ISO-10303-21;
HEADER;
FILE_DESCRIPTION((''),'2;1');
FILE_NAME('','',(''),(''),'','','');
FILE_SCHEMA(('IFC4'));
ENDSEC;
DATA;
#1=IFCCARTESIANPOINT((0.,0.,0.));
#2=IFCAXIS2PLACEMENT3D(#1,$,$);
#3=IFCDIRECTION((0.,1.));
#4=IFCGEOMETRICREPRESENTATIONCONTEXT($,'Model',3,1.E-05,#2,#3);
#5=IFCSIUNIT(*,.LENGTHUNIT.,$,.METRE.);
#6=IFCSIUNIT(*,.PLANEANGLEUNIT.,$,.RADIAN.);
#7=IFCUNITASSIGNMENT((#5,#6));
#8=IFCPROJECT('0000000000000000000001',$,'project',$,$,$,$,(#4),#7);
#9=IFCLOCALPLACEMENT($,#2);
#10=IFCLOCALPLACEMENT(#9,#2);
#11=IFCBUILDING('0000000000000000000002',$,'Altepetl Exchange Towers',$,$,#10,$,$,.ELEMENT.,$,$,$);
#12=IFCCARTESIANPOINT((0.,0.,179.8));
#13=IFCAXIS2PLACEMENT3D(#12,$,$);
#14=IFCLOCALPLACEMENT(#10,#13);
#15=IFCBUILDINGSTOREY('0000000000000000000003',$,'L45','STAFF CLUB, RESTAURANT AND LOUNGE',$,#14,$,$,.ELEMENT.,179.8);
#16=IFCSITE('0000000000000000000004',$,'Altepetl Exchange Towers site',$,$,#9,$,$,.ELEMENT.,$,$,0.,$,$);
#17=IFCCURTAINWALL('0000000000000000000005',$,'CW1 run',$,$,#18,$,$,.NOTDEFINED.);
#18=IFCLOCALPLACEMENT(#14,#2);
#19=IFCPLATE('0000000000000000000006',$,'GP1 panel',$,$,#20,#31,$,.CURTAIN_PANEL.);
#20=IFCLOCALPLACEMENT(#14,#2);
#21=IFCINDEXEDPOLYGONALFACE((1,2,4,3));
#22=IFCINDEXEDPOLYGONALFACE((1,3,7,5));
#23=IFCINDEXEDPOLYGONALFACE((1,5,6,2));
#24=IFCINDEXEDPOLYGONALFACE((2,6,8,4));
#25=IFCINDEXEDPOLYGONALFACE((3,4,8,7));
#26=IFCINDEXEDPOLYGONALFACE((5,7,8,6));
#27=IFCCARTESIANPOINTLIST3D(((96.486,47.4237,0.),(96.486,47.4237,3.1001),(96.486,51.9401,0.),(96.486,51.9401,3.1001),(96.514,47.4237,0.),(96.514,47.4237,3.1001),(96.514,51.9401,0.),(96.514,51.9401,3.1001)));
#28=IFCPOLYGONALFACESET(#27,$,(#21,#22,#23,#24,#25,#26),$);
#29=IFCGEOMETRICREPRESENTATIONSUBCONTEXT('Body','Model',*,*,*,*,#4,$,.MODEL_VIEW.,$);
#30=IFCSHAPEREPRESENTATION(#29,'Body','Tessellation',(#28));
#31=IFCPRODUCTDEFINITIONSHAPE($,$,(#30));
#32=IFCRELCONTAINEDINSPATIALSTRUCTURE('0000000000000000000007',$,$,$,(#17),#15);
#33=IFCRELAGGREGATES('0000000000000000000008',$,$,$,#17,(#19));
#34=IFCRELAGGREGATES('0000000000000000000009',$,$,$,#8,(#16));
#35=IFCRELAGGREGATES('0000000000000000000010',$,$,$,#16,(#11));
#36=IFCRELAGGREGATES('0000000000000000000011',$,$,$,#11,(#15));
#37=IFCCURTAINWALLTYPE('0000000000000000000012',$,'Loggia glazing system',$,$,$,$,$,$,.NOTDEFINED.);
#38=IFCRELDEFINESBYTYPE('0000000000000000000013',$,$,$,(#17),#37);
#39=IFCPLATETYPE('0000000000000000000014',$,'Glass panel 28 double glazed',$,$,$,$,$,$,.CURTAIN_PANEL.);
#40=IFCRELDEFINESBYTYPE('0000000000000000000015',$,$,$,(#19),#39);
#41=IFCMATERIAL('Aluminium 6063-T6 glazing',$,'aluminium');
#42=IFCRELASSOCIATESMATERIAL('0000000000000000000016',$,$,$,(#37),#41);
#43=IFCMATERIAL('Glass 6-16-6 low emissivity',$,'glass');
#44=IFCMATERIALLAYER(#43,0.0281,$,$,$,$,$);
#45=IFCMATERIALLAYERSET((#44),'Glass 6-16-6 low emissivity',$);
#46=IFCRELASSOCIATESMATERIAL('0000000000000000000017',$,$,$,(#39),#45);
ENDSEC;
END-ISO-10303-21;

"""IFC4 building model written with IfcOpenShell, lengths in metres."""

from ifc_helpers import new_model, si_unit, direction, frame, origin, origin_2d, place, context, subcontext, project, spatial, rectangle, extrude, material, layer, layer_set, type_object, element, aggregate, save


model = new_model("IFC4")

# Units and contexts
model_context = context("Model", 3, precision=1e-05, world=origin(), true_north=direction((0.0, 1.0)))
body_context = subcontext(model_context, "Body", "Model", "MODEL_VIEW")
ifc_project = project(units=[si_unit("LENGTHUNIT", "METRE"), si_unit("PLANEANGLEUNIT", "RADIAN")], contexts=[model_context])

# Site, building, storey
site_placement = place(None, origin())
site = spatial("IfcSite", under=ifc_project, at=site_placement, Name="Altepetl Exchange Towers site", CompositionType="ELEMENT", RefElevation=0.0)
building_placement = place(site_placement, origin())
building = spatial("IfcBuilding", under=site, at=building_placement, Name="Altepetl Exchange Towers", CompositionType="ELEMENT")
storey_placement = place(building_placement, frame((0.0, 0.0, 179.8)))
storey = spatial("IfcBuildingStorey", under=building, at=storey_placement, Name="L45", Description="STAFF CLUB, RESTAURANT AND LOUNGE", CompositionType="ELEMENT", Elevation=179.8)

# Shared definitions
ifc_material_1 = material(Name="Aluminium 6063-T6 glazing", Category="aluminium")
curtain_wall_type = type_object("IfcCurtainWallType", Name="Loggia glazing system", PredefinedType="NOTDEFINED", material=ifc_material_1)

# Curtain wall
curtain_wall_1_placement = place(storey_placement, origin())
curtain_wall_1 = element("IfcCurtainWall", 1, at=curtain_wall_1_placement, inside=storey, type_object=curtain_wall_type, Name="CW1 run", PredefinedType="NOTDEFINED")

# Plate
ifc_material_2 = material(Name="Glass 6-16-6 low emissivity", Category="glass")
ifc_layer = layer(ifc_material_2, 0.0281)
ifc_layer_set = layer_set([ifc_layer], Name="Glass 6-16-6 low emissivity")
plate_type = type_object("IfcPlateType", Name="Glass panel 28 double glazed", PredefinedType="CURTAIN_PANEL", material=ifc_layer_set)
plate_1_placement = place(storey_placement, frame((96.5, 49.6819, 0.0), z_axis=(0.0, 0.0, 1.0), x_axis=(0.0, -1.0, 0.0)))
plate_1 = element("IfcPlate", 2, at=plate_1_placement, type_object=plate_type, Name="GP1 panel", PredefinedType="CURTAIN_PANEL", context=body_context, shape_type="SweptSolid", body=[
    extrude(rectangle(XDim=4.5164, YDim=0.0281, at=origin_2d()), origin(), (0.0, 0.0, 1.0), 3.1001),
])
aggregate(curtain_wall_1, [plate_1])

save(model, "model.ifc")
